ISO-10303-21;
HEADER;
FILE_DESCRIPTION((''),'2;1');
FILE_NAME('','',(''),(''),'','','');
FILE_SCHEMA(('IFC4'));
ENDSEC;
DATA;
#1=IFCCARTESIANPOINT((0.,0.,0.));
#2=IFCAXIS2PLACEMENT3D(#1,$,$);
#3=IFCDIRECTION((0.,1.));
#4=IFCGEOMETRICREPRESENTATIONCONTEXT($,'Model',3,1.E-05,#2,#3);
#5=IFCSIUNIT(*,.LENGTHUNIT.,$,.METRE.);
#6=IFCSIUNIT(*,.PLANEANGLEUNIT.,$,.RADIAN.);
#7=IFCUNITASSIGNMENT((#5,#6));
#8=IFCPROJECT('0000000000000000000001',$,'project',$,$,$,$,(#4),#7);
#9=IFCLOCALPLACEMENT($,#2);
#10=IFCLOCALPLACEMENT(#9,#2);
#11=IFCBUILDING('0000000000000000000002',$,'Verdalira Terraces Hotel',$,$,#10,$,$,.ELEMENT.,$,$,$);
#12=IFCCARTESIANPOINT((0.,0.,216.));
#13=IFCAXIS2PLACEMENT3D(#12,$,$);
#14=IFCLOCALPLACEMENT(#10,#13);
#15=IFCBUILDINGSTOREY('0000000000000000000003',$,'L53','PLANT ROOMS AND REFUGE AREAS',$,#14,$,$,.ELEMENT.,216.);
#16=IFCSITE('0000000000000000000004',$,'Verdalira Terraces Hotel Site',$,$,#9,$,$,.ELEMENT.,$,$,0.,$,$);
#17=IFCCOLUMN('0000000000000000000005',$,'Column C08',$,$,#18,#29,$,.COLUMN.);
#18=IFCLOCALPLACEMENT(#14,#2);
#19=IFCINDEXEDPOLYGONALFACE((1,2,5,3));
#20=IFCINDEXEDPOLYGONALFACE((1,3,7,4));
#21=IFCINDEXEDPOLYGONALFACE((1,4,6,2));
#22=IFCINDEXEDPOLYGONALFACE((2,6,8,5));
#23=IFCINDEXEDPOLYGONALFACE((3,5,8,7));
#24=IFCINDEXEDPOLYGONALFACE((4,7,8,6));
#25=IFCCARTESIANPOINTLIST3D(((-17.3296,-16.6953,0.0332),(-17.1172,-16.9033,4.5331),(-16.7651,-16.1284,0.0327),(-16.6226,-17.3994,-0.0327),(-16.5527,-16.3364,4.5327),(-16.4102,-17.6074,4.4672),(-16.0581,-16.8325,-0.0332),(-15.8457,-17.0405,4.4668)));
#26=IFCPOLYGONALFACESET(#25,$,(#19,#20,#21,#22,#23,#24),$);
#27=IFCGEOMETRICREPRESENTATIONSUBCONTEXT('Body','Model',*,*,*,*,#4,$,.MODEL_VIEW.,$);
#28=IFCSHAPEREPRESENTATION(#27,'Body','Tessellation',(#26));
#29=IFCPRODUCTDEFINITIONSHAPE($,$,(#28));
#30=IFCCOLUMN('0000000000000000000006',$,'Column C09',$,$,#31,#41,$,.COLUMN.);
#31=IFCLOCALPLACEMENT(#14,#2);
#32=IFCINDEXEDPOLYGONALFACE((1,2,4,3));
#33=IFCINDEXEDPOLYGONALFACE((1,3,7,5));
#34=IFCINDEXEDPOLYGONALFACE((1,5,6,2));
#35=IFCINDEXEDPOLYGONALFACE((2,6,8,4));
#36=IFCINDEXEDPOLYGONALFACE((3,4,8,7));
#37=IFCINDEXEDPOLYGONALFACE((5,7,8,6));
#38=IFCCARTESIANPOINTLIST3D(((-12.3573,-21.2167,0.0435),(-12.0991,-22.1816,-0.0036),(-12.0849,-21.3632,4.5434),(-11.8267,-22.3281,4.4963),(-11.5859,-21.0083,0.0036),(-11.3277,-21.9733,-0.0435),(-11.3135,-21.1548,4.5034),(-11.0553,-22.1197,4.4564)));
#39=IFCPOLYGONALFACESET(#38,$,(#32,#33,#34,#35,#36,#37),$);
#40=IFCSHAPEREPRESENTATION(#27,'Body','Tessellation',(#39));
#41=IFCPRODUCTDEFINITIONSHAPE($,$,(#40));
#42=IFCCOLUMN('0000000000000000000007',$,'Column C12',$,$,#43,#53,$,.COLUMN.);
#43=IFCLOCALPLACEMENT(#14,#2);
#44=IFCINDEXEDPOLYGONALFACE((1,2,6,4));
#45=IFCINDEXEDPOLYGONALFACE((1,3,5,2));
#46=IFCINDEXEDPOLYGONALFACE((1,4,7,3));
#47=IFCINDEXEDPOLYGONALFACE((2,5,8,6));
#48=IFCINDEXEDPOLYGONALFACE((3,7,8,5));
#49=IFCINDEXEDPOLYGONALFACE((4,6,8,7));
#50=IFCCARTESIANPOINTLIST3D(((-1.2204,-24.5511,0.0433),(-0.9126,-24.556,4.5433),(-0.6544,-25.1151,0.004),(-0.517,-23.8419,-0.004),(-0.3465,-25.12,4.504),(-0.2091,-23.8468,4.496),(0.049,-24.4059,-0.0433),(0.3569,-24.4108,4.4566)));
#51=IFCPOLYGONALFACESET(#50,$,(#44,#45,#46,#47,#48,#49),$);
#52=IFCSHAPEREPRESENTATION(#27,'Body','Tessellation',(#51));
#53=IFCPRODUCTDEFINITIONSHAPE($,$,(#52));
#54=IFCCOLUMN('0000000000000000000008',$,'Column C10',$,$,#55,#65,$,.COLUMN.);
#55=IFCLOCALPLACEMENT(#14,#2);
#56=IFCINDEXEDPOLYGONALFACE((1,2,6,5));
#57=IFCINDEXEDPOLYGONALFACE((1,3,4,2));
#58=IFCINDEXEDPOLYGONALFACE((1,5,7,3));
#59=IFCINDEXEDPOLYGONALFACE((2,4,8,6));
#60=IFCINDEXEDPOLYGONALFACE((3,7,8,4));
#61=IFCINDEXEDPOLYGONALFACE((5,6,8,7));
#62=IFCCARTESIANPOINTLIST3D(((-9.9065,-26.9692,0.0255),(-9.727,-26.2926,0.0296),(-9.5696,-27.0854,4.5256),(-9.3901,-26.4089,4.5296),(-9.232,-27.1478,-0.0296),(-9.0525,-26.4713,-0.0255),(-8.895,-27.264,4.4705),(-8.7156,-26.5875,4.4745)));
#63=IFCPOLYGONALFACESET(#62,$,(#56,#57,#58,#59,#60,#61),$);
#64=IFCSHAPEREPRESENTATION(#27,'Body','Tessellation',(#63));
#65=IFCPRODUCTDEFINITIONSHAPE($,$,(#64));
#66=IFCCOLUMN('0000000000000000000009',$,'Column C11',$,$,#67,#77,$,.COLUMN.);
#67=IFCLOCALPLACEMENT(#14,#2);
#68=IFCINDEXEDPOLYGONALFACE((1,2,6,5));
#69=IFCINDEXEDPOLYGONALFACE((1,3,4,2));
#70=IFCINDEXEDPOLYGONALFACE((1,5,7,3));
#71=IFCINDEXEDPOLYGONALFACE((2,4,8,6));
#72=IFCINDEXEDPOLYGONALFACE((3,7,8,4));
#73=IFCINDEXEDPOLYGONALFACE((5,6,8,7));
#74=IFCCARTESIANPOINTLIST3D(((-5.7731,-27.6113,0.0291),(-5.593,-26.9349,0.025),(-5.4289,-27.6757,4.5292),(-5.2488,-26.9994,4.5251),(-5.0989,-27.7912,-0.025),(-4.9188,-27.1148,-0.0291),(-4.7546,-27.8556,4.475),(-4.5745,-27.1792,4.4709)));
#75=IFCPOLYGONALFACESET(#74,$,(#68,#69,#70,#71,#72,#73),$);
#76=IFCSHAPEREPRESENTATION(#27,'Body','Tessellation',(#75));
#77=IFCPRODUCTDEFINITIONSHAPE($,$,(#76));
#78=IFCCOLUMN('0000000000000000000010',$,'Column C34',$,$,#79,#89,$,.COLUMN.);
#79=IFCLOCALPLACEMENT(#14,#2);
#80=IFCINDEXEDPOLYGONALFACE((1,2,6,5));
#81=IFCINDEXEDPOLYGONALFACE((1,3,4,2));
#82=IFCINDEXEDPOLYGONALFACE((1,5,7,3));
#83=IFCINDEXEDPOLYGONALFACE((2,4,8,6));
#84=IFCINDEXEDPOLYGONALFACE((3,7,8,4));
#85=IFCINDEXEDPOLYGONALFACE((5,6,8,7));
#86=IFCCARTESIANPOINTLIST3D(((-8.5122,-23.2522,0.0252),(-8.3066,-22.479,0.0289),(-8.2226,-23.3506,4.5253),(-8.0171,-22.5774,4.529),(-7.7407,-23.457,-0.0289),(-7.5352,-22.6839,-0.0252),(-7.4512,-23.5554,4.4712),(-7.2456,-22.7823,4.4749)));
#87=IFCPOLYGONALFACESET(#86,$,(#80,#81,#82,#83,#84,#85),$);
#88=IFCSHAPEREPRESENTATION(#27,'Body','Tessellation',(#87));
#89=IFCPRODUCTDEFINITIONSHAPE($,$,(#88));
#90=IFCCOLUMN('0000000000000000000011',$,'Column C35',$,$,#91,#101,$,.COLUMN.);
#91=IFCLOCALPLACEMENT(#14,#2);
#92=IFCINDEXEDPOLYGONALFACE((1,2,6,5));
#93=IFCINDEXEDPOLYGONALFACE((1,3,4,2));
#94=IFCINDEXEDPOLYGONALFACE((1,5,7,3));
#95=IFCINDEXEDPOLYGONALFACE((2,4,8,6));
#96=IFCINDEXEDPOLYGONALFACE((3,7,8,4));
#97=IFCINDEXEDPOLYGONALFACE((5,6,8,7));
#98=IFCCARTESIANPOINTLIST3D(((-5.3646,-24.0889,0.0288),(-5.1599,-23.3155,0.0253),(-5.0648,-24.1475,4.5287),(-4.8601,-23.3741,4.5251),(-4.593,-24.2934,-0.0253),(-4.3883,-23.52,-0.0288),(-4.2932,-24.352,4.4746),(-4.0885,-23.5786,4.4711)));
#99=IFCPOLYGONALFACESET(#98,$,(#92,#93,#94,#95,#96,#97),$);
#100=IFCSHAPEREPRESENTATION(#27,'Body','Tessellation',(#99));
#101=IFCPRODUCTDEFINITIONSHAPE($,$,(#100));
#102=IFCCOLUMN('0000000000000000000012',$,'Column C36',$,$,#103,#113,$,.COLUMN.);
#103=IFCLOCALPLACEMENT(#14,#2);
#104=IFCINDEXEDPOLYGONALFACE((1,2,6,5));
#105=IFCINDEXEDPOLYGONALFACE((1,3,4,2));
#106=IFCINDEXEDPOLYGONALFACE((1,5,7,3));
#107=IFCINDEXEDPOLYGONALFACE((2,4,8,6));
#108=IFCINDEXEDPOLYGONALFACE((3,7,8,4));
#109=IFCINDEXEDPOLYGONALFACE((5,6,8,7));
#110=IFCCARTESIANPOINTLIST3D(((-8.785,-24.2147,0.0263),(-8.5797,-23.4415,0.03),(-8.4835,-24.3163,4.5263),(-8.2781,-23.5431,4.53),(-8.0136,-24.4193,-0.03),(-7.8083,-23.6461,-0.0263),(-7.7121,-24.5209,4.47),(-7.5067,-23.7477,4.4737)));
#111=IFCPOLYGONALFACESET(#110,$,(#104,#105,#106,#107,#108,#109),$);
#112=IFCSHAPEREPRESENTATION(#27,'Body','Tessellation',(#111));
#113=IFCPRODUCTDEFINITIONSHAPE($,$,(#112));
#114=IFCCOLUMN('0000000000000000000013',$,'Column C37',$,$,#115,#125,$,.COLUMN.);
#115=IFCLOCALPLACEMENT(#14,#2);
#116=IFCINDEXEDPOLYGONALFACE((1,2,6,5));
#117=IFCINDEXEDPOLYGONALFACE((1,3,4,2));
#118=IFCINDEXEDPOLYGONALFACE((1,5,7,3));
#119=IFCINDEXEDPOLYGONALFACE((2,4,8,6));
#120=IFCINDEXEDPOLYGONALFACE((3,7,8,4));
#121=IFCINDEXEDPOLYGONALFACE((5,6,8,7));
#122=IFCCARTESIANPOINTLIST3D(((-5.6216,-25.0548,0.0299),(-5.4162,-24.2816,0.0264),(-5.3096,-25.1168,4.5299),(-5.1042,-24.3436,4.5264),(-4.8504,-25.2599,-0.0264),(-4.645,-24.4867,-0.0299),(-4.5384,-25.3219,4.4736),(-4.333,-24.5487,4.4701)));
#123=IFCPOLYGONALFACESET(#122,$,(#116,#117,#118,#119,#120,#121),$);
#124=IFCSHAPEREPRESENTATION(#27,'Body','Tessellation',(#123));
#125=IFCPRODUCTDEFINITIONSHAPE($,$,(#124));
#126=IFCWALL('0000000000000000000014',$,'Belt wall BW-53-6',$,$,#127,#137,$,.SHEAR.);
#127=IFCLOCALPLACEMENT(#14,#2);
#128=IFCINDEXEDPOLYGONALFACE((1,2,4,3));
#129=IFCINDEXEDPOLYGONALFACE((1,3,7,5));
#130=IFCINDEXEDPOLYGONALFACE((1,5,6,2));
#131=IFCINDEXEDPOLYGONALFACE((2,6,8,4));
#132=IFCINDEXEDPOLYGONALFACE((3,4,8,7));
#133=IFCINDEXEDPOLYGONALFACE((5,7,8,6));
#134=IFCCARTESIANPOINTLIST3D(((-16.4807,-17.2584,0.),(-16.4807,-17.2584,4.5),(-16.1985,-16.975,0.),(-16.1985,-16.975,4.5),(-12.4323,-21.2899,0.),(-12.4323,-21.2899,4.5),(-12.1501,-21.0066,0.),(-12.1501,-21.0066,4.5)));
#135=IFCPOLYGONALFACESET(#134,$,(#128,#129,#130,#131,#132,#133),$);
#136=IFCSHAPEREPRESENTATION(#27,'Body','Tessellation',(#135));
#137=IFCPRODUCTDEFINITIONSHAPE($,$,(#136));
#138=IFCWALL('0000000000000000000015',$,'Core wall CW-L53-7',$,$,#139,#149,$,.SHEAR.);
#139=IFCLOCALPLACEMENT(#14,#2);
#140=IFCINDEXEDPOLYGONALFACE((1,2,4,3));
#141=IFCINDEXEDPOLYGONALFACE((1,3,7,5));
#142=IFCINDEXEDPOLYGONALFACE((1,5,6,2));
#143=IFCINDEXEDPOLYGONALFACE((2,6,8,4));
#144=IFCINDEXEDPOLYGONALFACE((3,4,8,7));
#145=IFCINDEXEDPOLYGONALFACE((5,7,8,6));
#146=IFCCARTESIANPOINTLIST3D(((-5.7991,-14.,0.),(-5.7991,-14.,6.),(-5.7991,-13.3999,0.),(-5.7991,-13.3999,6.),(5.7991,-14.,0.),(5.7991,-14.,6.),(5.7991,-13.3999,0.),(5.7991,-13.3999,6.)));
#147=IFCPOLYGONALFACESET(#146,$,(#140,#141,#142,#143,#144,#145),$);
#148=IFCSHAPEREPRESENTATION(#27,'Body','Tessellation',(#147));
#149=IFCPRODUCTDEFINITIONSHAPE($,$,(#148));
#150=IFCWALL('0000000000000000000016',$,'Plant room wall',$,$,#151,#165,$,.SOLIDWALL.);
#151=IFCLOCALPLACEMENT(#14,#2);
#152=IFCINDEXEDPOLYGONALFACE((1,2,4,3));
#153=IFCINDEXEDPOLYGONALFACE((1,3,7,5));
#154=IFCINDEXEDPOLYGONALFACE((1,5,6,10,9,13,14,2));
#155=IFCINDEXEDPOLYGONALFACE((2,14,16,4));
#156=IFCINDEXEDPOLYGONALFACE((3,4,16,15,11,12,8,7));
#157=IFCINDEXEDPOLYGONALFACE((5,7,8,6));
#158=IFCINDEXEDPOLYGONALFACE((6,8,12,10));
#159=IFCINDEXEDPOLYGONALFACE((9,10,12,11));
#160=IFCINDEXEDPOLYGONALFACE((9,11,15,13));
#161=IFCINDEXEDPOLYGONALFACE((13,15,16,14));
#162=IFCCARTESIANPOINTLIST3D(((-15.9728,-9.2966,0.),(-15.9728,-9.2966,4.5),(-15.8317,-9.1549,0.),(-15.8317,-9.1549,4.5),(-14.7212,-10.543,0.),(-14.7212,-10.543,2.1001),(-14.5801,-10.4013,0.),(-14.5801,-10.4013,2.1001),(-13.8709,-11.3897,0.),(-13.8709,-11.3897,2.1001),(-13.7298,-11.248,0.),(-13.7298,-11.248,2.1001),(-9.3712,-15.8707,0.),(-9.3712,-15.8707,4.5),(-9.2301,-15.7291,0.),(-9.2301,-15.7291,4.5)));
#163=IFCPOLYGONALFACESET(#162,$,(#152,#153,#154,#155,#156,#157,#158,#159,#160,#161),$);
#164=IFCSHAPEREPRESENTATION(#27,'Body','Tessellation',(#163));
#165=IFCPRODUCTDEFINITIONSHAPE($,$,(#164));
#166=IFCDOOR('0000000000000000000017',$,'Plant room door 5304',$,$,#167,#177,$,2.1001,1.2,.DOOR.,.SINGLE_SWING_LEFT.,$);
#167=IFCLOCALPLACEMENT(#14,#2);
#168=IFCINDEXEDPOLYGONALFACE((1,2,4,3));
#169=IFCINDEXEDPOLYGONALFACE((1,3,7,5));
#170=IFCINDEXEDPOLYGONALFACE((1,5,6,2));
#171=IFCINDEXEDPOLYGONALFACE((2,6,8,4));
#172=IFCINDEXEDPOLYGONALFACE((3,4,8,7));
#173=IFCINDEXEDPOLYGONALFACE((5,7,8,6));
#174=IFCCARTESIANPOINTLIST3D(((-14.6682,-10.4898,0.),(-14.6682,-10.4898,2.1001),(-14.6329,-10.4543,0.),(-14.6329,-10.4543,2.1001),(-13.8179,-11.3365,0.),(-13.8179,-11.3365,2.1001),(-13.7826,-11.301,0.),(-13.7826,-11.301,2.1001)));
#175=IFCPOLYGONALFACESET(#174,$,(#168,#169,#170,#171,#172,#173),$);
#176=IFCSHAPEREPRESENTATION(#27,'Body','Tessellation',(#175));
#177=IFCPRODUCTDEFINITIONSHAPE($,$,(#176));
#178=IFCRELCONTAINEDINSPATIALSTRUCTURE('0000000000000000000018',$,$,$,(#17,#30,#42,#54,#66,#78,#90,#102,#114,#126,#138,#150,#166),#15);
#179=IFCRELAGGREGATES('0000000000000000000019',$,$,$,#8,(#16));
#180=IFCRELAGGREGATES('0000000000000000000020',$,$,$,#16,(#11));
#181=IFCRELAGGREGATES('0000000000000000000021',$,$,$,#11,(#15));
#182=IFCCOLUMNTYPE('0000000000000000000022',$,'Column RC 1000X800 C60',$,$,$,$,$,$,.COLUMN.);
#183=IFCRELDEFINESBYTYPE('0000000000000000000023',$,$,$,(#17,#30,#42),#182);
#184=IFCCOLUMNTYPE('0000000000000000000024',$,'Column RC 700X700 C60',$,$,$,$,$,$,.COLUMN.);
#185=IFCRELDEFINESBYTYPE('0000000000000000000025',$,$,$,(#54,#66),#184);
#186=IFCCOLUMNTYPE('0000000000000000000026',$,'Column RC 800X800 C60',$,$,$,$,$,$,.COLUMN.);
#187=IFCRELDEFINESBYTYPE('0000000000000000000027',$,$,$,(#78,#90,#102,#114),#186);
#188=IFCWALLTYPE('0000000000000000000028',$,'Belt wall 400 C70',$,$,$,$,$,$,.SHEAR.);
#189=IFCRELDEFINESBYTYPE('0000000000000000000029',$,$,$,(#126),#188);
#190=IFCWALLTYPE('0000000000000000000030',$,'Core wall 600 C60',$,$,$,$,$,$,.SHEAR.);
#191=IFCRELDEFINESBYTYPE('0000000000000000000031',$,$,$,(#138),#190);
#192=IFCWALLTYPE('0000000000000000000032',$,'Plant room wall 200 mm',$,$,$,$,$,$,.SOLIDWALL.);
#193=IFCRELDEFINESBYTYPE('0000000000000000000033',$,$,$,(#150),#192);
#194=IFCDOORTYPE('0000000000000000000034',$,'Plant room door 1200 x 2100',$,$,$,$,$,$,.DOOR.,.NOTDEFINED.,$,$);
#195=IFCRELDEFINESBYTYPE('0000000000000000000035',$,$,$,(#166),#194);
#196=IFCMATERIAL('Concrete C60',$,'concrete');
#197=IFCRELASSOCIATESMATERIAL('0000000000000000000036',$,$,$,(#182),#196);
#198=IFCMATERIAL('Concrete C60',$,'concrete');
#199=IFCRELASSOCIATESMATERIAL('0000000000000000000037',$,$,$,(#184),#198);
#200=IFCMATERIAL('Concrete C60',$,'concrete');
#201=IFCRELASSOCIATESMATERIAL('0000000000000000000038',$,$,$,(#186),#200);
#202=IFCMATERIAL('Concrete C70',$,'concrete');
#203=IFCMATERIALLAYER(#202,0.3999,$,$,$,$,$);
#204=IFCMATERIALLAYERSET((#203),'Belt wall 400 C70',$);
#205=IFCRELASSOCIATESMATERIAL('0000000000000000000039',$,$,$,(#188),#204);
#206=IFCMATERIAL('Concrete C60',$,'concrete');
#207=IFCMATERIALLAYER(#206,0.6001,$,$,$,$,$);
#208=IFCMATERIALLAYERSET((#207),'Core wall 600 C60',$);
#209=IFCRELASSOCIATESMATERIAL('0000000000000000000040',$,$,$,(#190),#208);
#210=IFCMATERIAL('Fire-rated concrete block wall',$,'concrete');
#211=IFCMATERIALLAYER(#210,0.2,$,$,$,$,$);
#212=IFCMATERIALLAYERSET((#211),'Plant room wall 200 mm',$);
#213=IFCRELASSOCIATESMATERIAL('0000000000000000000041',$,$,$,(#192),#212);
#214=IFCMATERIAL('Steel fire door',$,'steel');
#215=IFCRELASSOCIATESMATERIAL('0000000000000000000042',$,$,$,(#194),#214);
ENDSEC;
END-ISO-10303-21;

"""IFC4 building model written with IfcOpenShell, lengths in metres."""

from ifc_helpers import new_model, si_unit, direction, frame, frame_2d, origin, origin_2d, place, context, subcontext, project, spatial, rectangle, extrude, material, layer, layer_set, material_profile, profile_set, type_object, element, fill, save


model = new_model("IFC4")

# Units and contexts
model_context = context("Model", 3, precision=1e-05, world=origin(), true_north=direction((0.0, 1.0)))
body_context = subcontext(model_context, "Body", "Model", "MODEL_VIEW")
ifc_project = project(units=[si_unit("LENGTHUNIT", "METRE"), si_unit("PLANEANGLEUNIT", "RADIAN")], contexts=[model_context])

# Site, building, storey
site_placement = place(None, origin())
site = spatial("IfcSite", under=ifc_project, at=site_placement, Name="Verdalira Terraces Hotel Site", CompositionType="ELEMENT", RefElevation=0.0)
building_placement = place(site_placement, origin())
building = spatial("IfcBuilding", under=site, at=building_placement, Name="Verdalira Terraces Hotel", CompositionType="ELEMENT")
storey_placement = place(building_placement, frame((0.0, 0.0, 216.0)))
storey = spatial("IfcBuildingStorey", under=building, at=storey_placement, Name="L53", Description="PLANT ROOMS AND REFUGE AREAS", CompositionType="ELEMENT", Elevation=216.0)

# Columns
ifc_material_1 = material(Name="Concrete C60", Category="concrete")
ifc_material_profile_1 = material_profile(ifc_material_1, rectangle(XDim=1.0, YDim=0.8, at=origin_2d()), Name="RC 1000X800")
ifc_profile_set_1 = profile_set([ifc_material_profile_1], Name="Concrete C60")
column_type_1 = type_object("IfcColumnType", Name="Column RC 1000X800 C60", PredefinedType="COLUMN", material=ifc_profile_set_1)
column_1_placement = place(storey_placement, frame((-16.6938, -16.7639, 0.0), z_axis=(0.047098, -0.046123, 0.997825), x_axis=(0.707006, -0.704129, -0.065919)))
element("IfcColumn", 1, at=column_1_placement, inside=storey, type_object=column_type_1, Name="Column C08", PredefinedType="COLUMN", context=body_context, shape_type="SweptSolid", body=[
    extrude(rectangle(XDim=1.0, YDim=0.8, at=origin_2d()), origin(), (0.0, 0.0, 1.0), 4.5098),
])
for number, where, z_axis, x_axis, name in (
    (2, (-11.8425, -21.595, 0.0), (0.060404, -0.032475, 0.997646), (-0.258219, 0.96494, 0.047045), "Column C09"),
    (3, (-0.5857, -24.4785, 0.0), (0.068254, -0.001083, 0.997667), (-0.703406, -0.709209, 0.047353), "Column C12"),
):
    element("IfcColumn", number, at=place(storey_placement, frame(where, z_axis=z_axis, x_axis=x_axis)), inside=storey, type_object=column_type_1, Name=name, PredefinedType="COLUMN", context=body_context, shape_type="SweptSolid", body=[
        extrude(rectangle(XDim=1.0, YDim=0.8, at=origin_2d()), origin(), (0.0, 0.0, 1.0), 4.5105),
    ])
ifc_material_2 = material(Name="Concrete C60", Category="concrete")
ifc_material_profile_2 = material_profile(ifc_material_2, rectangle(XDim=0.7, YDim=0.7, at=origin_2d()), Name="RC 700X700")
ifc_profile_set_2 = profile_set([ifc_material_profile_2], Name="Concrete C60")
column_type_2 = type_object("IfcColumnType", Name="Column RC 700X700 C60", PredefinedType="COLUMN", material=ifc_profile_set_2)
column_2_placement = place(storey_placement, frame((-9.4795, -26.7202, 0.0), z_axis=(0.074636, -0.025744, 0.996878), x_axis=(0.963682, -0.255182, -0.078741)))
element("IfcColumn", 4, at=column_2_placement, inside=storey, type_object=column_type_2, Name="Column C10", PredefinedType="COLUMN", context=body_context, shape_type="SweptSolid", body=[
    extrude(rectangle(XDim=0.7, YDim=0.7, at=origin_2d()), origin(), (0.0, 0.0, 1.0), 4.5142),
])
column_3_placement = place(storey_placement, frame((-5.3459, -27.363, 0.0), z_axis=(0.076267, -0.01428, 0.996985), x_axis=(0.963317, -0.25697, -0.077372)))
element("IfcColumn", 5, at=column_3_placement, inside=storey, type_object=column_type_2, Name="Column C11", PredefinedType="COLUMN", context=body_context, shape_type="SweptSolid", body=[
    extrude(rectangle(XDim=0.7, YDim=0.7, at=origin_2d()), origin(), (0.0, 0.0, 1.0), 4.5137),
])
ifc_material_3 = material(Name="Concrete C60", Category="concrete")
ifc_material_profile_3 = material_profile(ifc_material_3, rectangle(XDim=0.8, YDim=0.8, at=origin_2d()), Name="RC 800X800")
ifc_profile_set_3 = profile_set([ifc_material_profile_3], Name="Concrete C60")
column_type_3 = type_object("IfcColumnType", Name="Column RC 800X800 C60", PredefinedType="COLUMN", material=ifc_profile_set_3)
column_4_placement = place(storey_placement, frame((-8.0237, -22.968, 0.0), z_axis=(0.064197, -0.021814, 0.997699), x_axis=(-0.256951, -0.966414, -0.004596)))
element("IfcColumn", 6, at=column_4_placement, inside=storey, type_object=column_type_3, Name="Column C34", PredefinedType="COLUMN", context=body_context, shape_type="SweptSolid", body=[
    extrude(rectangle(XDim=0.8, YDim=0.8, at=origin_2d()), origin(), (0.0, 0.0, 1.0), 4.5105),
])
column_5_placement = place(storey_placement, frame((-4.8765, -23.8044, 0.0), z_axis=(0.06647, -0.012991, 0.997704), x_axis=(-0.25585, -0.966706, 0.004458)))
element("IfcColumn", 7, at=column_5_placement, inside=storey, type_object=column_type_3, Name="Column C35", PredefinedType="COLUMN", context=body_context, shape_type="SweptSolid", body=[
    extrude(rectangle(XDim=0.8, YDim=0.8, at=origin_2d()), origin(), (0.0, 0.0, 1.0), 4.5103),
])
for number, where, z_axis, x_axis, name in (
    (8, (-8.2966, -23.9304, 0.0), (0.066836, -0.022513, 0.99751), (-0.256675, -0.966487, -0.004615), "Column C36"),
    (9, (-5.1333, -24.7708, 0.0), (0.069163, -0.013746, 0.997511), (-0.256714, -0.966477, 0.004481), "Column C37"),
):
    element("IfcColumn", number, at=place(storey_placement, frame(where, z_axis=z_axis, x_axis=x_axis)), inside=storey, type_object=column_type_3, Name=name, PredefinedType="COLUMN", context=body_context, shape_type="SweptSolid", body=[
        extrude(rectangle(XDim=0.8, YDim=0.8, at=origin_2d()), origin(), (0.0, 0.0, 1.0), 4.5112),
    ])

# Walls
ifc_material_4 = material(Name="Concrete C70", Category="concrete")
ifc_layer_1 = layer(ifc_material_4, 0.3999)
ifc_layer_set_1 = layer_set([ifc_layer_1], Name="Belt wall 400 C70")
wall_type_1 = type_object("IfcWallType", Name="Belt wall 400 C70", PredefinedType="SHEAR", material=ifc_layer_set_1)
wall_1_placement = place(storey_placement, frame((-16.3396, -17.1167, 0.0), z_axis=(0.0, 0.0, 1.0), x_axis=(0.708579, -0.705631, 0.0)))
element("IfcWall", 10, at=wall_1_placement, inside=storey, type_object=wall_type_1, Name="Belt wall BW-53-6", PredefinedType="SHEAR", context=body_context, shape_type="SweptSolid", body=[
    extrude(rectangle(XDim=5.7134, YDim=0.3999, at=frame_2d((2.8567, 0.0))), origin(), (0.0, 0.0, 1.0), 4.5),
])
ifc_material_5 = material(Name="Concrete C60", Category="concrete")
ifc_layer_2 = layer(ifc_material_5, 0.6001)
ifc_layer_set_2 = layer_set([ifc_layer_2], Name="Core wall 600 C60")
wall_type_2 = type_object("IfcWallType", Name="Core wall 600 C60", PredefinedType="SHEAR", material=ifc_layer_set_2)
wall_2_placement = place(storey_placement, frame((-5.7991, -13.7, 0.0), z_axis=(0.0, 0.0, 1.0), x_axis=(1.0, 0.0, 0.0)))
element("IfcWall", 11, at=wall_2_placement, inside=storey, type_object=wall_type_2, Name="Core wall CW-L53-7", PredefinedType="SHEAR", context=body_context, shape_type="SweptSolid", body=[
    extrude(rectangle(XDim=11.5981, YDim=0.6001, at=frame_2d((5.7991, 0.0))), origin(), (0.0, 0.0, 1.0), 6.0),
])

# Wall, opening, door
ifc_material_6 = material(Name="Fire-rated concrete block wall", Category="concrete")
ifc_layer_3 = layer(ifc_material_6, 0.2)
ifc_layer_set_3 = layer_set([ifc_layer_3], Name="Plant room wall 200 mm")
wall_type_3 = type_object("IfcWallType", Name="Plant room wall 200 mm", PredefinedType="SOLIDWALL", material=ifc_layer_set_3)
wall_3_placement = place(storey_placement, frame((-9.3008, -15.7998, 0.0), z_axis=(0.0, 0.0, 1.0), x_axis=(-0.708573, 0.705638, 0.0)))
wall_3 = element("IfcWall", 12, at=wall_3_placement, inside=storey, type_object=wall_type_3, Name="Plant room wall", PredefinedType="SOLIDWALL", context=body_context, shape_type="SweptSolid", body=[
    extrude(rectangle(XDim=9.3166, YDim=0.2, at=frame_2d((4.6582, 0.0))), origin(), (0.0, 0.0, 1.0), 4.5),
])
opening_placement = place(wall_3_placement, frame((6.3501, 0.0, 0.0)))
opening = element("IfcOpeningElement", 13, at=opening_placement, cuts=wall_3, PredefinedType="OPENING", context=body_context, shape_type="SweptSolid", body=[
    extrude(rectangle(XDim=1.2, YDim=2.1001, at=frame_2d((0.6001, 1.05))), frame((0.0, 0.1099, 0.0), z_axis=(0.0, -1.0, 0.0), x_axis=(1.0, 0.0, 0.0)), (0.0, 0.0, 1.0), 0.22),
])
ifc_material_7 = material(Name="Steel fire door", Category="steel")
door_type = type_object("IfcDoorType", Name="Plant room door 1200 x 2100", OperationType="NOTDEFINED", PredefinedType="DOOR", material=ifc_material_7)
door_placement = place(opening_placement, origin())
door = element("IfcDoor", 14, at=door_placement, inside=storey, type_object=door_type, Name="Plant room door 5304", OperationType="SINGLE_SWING_LEFT", OverallHeight=2.1001, OverallWidth=1.2, PredefinedType="DOOR", context=body_context, shape_type="SweptSolid", body=[
    extrude(rectangle(XDim=1.2, YDim=2.1001, at=frame_2d((0.6001, 1.05))), frame((0.0, 0.0249, 0.0), z_axis=(0.0, -1.0, 0.0), x_axis=(1.0, 0.0, 0.0)), (0.0, 0.0, 1.0), 0.05),
])
fill(opening, door)

save(model, "model.ifc")
